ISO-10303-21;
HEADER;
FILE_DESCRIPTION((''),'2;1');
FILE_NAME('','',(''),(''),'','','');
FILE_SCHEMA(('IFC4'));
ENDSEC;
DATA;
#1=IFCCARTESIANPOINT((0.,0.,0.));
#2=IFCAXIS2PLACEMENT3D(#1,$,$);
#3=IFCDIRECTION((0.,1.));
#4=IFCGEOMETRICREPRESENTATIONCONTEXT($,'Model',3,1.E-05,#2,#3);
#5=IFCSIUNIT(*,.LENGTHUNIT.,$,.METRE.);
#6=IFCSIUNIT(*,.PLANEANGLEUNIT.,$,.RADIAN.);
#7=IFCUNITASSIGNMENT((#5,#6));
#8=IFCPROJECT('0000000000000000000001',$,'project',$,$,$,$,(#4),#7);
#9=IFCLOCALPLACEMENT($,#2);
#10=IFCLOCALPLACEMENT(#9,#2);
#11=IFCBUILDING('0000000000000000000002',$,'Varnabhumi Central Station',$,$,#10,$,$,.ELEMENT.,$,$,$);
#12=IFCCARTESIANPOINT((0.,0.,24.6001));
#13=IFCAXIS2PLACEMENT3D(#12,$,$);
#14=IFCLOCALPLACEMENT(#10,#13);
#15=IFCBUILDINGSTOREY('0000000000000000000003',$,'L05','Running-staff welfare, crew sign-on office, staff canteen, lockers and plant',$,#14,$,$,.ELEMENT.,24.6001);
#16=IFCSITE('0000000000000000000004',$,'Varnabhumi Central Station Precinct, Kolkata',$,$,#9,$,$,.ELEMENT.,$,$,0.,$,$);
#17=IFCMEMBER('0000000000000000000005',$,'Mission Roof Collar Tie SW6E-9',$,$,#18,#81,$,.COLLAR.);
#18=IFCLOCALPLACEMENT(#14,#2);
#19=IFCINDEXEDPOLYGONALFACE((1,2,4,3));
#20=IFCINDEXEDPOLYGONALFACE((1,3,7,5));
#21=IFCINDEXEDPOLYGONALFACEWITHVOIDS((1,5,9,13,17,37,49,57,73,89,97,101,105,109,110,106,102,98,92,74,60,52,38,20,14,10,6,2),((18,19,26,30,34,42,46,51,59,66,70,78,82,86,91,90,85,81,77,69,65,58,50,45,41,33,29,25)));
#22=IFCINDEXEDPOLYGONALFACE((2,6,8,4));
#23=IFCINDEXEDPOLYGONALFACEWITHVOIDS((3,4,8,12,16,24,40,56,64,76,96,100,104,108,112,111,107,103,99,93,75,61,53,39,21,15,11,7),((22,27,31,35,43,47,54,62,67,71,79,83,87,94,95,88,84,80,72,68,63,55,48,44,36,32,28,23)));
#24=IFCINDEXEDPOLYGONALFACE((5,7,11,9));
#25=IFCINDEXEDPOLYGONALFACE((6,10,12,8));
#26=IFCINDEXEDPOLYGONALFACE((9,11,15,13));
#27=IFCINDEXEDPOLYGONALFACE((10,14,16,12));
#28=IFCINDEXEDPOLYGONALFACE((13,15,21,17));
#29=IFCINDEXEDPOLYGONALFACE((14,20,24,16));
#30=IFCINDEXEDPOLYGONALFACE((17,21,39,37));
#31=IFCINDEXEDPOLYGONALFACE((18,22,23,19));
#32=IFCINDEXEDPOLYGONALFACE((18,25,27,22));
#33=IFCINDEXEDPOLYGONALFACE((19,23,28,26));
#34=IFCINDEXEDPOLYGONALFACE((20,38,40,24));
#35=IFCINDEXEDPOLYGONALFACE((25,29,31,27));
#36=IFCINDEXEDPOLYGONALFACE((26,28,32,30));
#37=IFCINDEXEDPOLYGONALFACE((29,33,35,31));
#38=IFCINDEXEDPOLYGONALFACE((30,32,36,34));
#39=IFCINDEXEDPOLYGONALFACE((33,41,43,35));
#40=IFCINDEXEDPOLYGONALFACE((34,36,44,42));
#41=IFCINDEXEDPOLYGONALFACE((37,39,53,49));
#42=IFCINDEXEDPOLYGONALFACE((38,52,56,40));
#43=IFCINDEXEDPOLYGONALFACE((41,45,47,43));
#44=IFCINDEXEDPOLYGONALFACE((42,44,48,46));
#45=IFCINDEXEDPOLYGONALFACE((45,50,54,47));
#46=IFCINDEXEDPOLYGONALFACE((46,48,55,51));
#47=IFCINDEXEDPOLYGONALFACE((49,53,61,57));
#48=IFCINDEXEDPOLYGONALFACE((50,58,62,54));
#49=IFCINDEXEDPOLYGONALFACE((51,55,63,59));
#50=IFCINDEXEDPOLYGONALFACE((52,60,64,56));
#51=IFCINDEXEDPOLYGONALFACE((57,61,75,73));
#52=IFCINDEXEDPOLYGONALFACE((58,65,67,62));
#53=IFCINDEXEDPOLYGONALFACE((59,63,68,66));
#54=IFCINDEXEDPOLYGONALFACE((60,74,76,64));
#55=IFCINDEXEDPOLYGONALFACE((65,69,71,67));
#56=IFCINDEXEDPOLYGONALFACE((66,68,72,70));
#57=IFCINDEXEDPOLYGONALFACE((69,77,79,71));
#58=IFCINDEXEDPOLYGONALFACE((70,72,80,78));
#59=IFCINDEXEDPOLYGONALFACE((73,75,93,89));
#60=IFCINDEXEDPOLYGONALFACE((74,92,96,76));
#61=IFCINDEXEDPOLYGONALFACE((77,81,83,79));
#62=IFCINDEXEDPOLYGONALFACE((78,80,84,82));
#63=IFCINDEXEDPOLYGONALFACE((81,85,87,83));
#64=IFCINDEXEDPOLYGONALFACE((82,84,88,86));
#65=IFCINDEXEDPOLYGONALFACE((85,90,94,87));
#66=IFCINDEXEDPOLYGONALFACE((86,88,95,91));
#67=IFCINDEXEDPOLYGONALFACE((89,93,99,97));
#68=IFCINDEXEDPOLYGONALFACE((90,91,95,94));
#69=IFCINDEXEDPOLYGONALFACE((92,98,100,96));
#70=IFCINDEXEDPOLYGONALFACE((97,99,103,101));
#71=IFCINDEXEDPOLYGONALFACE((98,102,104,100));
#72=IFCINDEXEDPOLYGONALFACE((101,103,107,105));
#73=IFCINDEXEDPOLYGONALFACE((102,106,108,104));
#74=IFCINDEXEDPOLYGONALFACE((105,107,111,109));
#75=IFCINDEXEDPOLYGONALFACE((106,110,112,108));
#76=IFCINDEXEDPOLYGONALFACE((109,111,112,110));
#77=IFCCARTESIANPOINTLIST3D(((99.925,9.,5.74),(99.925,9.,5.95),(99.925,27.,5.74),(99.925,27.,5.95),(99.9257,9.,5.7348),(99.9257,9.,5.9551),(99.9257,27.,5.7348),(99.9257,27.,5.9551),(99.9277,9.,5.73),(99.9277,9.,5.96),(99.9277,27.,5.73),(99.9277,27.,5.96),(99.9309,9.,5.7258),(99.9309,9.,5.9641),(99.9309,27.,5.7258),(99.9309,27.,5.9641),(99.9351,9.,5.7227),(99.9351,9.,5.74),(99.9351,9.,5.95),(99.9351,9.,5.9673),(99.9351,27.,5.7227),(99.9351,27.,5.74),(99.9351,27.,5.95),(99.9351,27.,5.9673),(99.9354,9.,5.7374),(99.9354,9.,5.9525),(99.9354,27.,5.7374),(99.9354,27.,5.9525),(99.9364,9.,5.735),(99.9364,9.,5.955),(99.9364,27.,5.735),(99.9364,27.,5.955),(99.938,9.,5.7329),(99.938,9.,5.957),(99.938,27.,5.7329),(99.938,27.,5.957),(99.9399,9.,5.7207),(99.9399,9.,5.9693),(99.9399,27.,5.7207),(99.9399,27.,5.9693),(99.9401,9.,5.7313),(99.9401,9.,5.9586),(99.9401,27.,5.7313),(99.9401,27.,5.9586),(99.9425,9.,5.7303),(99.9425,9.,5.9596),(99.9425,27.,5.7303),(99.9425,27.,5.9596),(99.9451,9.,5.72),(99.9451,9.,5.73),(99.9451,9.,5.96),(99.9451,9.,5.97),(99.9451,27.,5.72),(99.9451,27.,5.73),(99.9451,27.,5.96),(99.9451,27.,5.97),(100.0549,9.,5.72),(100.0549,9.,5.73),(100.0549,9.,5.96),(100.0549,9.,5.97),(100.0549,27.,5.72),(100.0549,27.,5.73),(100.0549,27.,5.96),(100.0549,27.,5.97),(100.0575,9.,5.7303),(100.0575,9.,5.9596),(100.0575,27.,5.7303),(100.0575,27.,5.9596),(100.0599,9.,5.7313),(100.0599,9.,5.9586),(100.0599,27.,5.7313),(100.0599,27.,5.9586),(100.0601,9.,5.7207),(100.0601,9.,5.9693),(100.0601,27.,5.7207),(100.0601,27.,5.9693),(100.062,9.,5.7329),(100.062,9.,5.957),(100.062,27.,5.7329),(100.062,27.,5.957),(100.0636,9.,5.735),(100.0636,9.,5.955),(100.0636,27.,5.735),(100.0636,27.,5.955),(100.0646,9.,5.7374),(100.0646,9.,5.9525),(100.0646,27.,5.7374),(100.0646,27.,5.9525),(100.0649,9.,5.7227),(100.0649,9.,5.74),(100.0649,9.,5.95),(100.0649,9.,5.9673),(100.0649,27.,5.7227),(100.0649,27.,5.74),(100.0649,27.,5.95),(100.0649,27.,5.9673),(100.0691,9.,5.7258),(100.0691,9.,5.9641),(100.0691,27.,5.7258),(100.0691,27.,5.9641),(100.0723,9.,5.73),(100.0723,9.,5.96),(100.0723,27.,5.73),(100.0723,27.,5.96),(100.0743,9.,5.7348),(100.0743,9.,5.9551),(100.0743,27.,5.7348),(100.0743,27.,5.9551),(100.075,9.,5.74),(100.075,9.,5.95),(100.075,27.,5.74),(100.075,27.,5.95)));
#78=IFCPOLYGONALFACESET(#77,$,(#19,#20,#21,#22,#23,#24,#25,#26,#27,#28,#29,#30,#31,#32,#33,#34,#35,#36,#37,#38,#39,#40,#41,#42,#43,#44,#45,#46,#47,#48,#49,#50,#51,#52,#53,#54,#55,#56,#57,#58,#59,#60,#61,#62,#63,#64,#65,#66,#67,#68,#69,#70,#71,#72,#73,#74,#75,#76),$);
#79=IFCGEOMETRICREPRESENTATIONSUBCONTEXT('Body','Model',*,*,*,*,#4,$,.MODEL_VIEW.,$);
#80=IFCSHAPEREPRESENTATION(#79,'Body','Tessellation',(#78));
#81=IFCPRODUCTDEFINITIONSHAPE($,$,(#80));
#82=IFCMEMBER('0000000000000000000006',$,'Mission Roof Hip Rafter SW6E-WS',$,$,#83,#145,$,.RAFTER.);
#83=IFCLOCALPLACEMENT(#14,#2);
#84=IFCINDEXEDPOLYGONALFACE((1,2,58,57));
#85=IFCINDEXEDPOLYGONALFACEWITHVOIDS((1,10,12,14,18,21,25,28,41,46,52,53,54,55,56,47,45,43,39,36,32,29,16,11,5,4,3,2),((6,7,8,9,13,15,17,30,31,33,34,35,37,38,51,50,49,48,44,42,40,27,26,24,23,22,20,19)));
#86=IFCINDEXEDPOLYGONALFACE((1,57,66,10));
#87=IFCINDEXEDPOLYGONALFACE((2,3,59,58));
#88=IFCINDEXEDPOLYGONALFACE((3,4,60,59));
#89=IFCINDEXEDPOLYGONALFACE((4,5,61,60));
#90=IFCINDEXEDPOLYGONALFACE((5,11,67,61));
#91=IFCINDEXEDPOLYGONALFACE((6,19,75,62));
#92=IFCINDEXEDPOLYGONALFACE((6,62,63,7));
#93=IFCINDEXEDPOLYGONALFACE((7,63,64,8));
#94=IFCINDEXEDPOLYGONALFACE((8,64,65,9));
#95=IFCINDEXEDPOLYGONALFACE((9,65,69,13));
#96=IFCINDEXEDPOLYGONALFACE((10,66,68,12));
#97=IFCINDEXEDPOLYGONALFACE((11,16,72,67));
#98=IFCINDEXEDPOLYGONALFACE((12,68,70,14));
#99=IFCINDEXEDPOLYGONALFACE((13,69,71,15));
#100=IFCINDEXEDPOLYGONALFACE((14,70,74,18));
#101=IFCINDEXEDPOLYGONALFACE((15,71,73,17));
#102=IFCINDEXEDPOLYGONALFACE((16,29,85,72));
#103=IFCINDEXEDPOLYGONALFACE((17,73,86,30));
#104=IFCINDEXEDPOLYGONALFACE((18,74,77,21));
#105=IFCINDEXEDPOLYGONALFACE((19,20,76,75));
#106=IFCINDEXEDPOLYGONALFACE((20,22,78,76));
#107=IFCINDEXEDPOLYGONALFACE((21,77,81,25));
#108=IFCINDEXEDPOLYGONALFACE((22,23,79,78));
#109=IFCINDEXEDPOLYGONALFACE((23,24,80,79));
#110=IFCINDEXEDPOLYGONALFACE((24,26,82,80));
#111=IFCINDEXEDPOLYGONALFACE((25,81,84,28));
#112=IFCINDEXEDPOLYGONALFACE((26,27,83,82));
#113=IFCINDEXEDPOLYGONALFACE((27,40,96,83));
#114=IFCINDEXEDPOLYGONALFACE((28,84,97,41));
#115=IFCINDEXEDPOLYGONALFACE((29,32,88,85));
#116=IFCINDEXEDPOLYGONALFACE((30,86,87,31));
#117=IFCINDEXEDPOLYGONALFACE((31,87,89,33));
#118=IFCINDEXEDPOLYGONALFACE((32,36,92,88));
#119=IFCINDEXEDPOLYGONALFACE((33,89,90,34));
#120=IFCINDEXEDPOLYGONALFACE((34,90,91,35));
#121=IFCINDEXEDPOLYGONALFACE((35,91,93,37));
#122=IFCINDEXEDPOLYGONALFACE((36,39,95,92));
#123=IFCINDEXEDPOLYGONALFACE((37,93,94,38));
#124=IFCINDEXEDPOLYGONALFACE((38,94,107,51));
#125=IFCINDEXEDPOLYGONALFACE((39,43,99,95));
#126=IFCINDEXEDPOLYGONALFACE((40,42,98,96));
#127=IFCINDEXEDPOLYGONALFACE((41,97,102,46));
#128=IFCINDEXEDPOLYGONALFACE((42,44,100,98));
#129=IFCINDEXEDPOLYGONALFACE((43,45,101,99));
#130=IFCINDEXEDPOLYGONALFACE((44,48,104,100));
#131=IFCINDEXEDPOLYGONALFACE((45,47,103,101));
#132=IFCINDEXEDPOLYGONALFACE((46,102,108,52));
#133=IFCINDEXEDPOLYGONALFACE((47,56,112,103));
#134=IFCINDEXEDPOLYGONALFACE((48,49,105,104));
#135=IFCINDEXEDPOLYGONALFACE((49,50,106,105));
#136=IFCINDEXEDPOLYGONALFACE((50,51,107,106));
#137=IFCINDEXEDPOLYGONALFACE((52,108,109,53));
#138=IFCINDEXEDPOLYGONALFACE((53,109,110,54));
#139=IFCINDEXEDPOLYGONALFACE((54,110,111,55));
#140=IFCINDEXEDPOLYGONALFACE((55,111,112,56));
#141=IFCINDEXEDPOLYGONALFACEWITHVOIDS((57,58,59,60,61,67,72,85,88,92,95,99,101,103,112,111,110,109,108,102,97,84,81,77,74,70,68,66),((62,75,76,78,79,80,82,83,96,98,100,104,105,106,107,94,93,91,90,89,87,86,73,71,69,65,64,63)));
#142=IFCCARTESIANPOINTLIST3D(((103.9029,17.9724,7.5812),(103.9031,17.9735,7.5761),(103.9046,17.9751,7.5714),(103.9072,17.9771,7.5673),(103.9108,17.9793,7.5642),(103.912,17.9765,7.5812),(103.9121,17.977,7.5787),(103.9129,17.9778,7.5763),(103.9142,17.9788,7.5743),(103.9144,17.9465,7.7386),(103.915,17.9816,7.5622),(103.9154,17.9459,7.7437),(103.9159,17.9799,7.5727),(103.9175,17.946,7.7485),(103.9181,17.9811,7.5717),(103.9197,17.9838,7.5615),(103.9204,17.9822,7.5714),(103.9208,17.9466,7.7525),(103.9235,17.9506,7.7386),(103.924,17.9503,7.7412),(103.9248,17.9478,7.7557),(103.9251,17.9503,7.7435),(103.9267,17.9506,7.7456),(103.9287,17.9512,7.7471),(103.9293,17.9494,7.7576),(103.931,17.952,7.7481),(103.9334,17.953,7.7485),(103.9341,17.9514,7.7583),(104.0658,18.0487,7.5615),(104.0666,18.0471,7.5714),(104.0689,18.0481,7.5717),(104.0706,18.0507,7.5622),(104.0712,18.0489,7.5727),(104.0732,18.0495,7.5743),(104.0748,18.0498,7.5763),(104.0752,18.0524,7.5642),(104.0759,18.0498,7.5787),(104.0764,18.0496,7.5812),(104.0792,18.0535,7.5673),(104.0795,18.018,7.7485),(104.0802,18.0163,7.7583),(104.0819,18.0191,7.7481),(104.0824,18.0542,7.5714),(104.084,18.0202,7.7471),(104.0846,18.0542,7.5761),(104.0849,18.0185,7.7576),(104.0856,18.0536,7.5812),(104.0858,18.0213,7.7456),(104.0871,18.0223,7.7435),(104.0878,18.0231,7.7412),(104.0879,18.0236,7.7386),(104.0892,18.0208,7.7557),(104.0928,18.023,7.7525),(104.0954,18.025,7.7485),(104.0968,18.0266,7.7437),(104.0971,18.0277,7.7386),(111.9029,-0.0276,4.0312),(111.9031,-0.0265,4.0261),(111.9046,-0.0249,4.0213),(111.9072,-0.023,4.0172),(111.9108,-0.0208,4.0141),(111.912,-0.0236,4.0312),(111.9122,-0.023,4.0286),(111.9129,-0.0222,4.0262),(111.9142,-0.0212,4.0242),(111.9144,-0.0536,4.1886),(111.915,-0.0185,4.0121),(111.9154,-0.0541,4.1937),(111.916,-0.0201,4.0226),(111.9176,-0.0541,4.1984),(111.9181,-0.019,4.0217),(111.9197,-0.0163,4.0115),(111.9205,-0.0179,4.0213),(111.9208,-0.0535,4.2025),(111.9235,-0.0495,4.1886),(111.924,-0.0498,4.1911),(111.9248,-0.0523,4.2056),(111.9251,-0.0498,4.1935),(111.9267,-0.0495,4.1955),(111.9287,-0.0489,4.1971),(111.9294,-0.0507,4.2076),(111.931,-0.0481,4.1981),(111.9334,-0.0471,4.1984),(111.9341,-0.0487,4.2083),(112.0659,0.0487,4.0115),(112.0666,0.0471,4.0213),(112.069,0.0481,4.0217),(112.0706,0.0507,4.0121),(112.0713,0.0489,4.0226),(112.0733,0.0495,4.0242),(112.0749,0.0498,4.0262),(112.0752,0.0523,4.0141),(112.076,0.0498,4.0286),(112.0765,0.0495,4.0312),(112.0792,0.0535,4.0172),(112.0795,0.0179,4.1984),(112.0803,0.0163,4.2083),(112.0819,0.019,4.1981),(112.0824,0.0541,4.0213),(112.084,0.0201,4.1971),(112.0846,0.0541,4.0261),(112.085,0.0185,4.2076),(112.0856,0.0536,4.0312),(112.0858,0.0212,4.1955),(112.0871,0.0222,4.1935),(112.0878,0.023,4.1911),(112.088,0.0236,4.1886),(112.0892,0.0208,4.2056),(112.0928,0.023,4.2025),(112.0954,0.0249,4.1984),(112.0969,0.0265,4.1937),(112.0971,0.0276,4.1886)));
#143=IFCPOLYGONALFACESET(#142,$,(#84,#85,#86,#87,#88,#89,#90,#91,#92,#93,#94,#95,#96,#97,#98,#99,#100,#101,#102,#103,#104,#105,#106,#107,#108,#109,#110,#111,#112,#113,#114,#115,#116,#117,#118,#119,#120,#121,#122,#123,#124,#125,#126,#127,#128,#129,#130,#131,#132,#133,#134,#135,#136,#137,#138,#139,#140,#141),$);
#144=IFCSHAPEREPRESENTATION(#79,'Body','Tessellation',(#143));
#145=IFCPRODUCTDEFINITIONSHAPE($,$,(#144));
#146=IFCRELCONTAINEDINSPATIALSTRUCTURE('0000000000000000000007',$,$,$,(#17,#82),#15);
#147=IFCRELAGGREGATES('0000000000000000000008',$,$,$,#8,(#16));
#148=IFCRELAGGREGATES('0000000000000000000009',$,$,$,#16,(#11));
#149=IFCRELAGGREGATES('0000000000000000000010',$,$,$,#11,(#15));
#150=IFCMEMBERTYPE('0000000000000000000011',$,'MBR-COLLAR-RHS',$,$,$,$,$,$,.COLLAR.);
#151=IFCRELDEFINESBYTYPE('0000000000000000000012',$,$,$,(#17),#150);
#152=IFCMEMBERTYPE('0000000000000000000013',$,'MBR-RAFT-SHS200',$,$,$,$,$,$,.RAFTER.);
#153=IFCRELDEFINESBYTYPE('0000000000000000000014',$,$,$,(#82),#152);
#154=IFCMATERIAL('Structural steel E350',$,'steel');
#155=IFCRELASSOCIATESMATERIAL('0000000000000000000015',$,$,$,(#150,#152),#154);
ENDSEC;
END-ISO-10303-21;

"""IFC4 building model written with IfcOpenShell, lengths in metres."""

from ifc_helpers import new_model, si_unit, direction, frame, origin, origin_2d, place, context, subcontext, project, spatial, hollow_rectangle, extrude, material, material_profile, profile_set, type_object, element, save


model = new_model("IFC4")

# Units and contexts
model_context = context("Model", 3, precision=1e-05, world=origin(), true_north=direction((0.0, 1.0)))
body_context = subcontext(model_context, "Body", "Model", "MODEL_VIEW")
ifc_project = project(units=[si_unit("LENGTHUNIT", "METRE"), si_unit("PLANEANGLEUNIT", "RADIAN")], contexts=[model_context])

# Site, building, storey
site_placement = place(None, origin())
site = spatial("IfcSite", under=ifc_project, at=site_placement, Name="Varnabhumi Central Station Precinct, Kolkata", CompositionType="ELEMENT", RefElevation=0.0)
building_placement = place(site_placement, origin())
building = spatial("IfcBuilding", under=site, at=building_placement, Name="Varnabhumi Central Station", CompositionType="ELEMENT")
storey_placement = place(building_placement, frame((0.0, 0.0, 24.6001)))
storey = spatial("IfcBuildingStorey", under=building, at=storey_placement, Name="L05", Description="Running-staff welfare, crew sign-on office, staff canteen, lockers and plant", CompositionType="ELEMENT", Elevation=24.6001)

# Shared definitions
ifc_material_1 = material(Name="Structural steel E350", Category="steel")

# Members
ifc_material_profile_1 = material_profile(ifc_material_1, hollow_rectangle(XDim=0.1499, YDim=0.25, WallThickness=0.01, InnerFilletRadius=0.01, OuterFilletRadius=0.02, at=origin_2d()), Name="Structural steel E350", Category="steel")
ifc_profile_set_1 = profile_set([ifc_material_profile_1], Name="Structural steel E350")
member_type_1 = type_object("IfcMemberType", Name="MBR-COLLAR-RHS", PredefinedType="COLLAR", material=ifc_profile_set_1)
member_1_placement = place(storey_placement, frame((100.0, 9.0, 5.845), z_axis=(0.0, 1.0, 0.0), x_axis=(-1.0, 0.0, 0.0)))
element("IfcMember", 1, at=member_1_placement, inside=storey, type_object=member_type_1, Name="Mission Roof Collar Tie SW6E-9", PredefinedType="COLLAR", context=body_context, shape_type="SweptSolid", body=[
    extrude(hollow_rectangle(XDim=0.1499, YDim=0.25, WallThickness=0.01, InnerFilletRadius=0.01, OuterFilletRadius=0.02, at=origin_2d()), origin(), (0.0, 0.0, 1.0), 18.0),
])
ifc_material_profile_2 = material_profile(ifc_material_1, hollow_rectangle(XDim=0.2, YDim=0.2, WallThickness=0.01, InnerFilletRadius=0.01, OuterFilletRadius=0.02, at=origin_2d()), Name="Structural steel E350", Category="steel")
ifc_profile_set_2 = profile_set([ifc_material_profile_2], Name="Structural steel E350")
member_type_2 = type_object("IfcMemberType", Name="MBR-RAFT-SHS200", PredefinedType="RAFTER", material=ifc_profile_set_2)
member_2_placement = place(storey_placement, frame((112.0, 0.0, 4.1099), z_axis=(-0.399699, 0.899323, 0.177369), x_axis=(-0.913812, -0.406138, 0.0)))
element("IfcMember", 2, at=member_2_placement, inside=storey, type_object=member_type_2, Name="Mission Roof Hip Rafter SW6E-WS", PredefinedType="RAFTER", context=body_context, shape_type="SweptSolid", body=[
    extrude(hollow_rectangle(XDim=0.2, YDim=0.2, WallThickness=0.01, InnerFilletRadius=0.01, OuterFilletRadius=0.02, at=origin_2d()), origin(), (0.0, 0.0, 1.0), 20.0151),
])

save(model, "model.ifc")
